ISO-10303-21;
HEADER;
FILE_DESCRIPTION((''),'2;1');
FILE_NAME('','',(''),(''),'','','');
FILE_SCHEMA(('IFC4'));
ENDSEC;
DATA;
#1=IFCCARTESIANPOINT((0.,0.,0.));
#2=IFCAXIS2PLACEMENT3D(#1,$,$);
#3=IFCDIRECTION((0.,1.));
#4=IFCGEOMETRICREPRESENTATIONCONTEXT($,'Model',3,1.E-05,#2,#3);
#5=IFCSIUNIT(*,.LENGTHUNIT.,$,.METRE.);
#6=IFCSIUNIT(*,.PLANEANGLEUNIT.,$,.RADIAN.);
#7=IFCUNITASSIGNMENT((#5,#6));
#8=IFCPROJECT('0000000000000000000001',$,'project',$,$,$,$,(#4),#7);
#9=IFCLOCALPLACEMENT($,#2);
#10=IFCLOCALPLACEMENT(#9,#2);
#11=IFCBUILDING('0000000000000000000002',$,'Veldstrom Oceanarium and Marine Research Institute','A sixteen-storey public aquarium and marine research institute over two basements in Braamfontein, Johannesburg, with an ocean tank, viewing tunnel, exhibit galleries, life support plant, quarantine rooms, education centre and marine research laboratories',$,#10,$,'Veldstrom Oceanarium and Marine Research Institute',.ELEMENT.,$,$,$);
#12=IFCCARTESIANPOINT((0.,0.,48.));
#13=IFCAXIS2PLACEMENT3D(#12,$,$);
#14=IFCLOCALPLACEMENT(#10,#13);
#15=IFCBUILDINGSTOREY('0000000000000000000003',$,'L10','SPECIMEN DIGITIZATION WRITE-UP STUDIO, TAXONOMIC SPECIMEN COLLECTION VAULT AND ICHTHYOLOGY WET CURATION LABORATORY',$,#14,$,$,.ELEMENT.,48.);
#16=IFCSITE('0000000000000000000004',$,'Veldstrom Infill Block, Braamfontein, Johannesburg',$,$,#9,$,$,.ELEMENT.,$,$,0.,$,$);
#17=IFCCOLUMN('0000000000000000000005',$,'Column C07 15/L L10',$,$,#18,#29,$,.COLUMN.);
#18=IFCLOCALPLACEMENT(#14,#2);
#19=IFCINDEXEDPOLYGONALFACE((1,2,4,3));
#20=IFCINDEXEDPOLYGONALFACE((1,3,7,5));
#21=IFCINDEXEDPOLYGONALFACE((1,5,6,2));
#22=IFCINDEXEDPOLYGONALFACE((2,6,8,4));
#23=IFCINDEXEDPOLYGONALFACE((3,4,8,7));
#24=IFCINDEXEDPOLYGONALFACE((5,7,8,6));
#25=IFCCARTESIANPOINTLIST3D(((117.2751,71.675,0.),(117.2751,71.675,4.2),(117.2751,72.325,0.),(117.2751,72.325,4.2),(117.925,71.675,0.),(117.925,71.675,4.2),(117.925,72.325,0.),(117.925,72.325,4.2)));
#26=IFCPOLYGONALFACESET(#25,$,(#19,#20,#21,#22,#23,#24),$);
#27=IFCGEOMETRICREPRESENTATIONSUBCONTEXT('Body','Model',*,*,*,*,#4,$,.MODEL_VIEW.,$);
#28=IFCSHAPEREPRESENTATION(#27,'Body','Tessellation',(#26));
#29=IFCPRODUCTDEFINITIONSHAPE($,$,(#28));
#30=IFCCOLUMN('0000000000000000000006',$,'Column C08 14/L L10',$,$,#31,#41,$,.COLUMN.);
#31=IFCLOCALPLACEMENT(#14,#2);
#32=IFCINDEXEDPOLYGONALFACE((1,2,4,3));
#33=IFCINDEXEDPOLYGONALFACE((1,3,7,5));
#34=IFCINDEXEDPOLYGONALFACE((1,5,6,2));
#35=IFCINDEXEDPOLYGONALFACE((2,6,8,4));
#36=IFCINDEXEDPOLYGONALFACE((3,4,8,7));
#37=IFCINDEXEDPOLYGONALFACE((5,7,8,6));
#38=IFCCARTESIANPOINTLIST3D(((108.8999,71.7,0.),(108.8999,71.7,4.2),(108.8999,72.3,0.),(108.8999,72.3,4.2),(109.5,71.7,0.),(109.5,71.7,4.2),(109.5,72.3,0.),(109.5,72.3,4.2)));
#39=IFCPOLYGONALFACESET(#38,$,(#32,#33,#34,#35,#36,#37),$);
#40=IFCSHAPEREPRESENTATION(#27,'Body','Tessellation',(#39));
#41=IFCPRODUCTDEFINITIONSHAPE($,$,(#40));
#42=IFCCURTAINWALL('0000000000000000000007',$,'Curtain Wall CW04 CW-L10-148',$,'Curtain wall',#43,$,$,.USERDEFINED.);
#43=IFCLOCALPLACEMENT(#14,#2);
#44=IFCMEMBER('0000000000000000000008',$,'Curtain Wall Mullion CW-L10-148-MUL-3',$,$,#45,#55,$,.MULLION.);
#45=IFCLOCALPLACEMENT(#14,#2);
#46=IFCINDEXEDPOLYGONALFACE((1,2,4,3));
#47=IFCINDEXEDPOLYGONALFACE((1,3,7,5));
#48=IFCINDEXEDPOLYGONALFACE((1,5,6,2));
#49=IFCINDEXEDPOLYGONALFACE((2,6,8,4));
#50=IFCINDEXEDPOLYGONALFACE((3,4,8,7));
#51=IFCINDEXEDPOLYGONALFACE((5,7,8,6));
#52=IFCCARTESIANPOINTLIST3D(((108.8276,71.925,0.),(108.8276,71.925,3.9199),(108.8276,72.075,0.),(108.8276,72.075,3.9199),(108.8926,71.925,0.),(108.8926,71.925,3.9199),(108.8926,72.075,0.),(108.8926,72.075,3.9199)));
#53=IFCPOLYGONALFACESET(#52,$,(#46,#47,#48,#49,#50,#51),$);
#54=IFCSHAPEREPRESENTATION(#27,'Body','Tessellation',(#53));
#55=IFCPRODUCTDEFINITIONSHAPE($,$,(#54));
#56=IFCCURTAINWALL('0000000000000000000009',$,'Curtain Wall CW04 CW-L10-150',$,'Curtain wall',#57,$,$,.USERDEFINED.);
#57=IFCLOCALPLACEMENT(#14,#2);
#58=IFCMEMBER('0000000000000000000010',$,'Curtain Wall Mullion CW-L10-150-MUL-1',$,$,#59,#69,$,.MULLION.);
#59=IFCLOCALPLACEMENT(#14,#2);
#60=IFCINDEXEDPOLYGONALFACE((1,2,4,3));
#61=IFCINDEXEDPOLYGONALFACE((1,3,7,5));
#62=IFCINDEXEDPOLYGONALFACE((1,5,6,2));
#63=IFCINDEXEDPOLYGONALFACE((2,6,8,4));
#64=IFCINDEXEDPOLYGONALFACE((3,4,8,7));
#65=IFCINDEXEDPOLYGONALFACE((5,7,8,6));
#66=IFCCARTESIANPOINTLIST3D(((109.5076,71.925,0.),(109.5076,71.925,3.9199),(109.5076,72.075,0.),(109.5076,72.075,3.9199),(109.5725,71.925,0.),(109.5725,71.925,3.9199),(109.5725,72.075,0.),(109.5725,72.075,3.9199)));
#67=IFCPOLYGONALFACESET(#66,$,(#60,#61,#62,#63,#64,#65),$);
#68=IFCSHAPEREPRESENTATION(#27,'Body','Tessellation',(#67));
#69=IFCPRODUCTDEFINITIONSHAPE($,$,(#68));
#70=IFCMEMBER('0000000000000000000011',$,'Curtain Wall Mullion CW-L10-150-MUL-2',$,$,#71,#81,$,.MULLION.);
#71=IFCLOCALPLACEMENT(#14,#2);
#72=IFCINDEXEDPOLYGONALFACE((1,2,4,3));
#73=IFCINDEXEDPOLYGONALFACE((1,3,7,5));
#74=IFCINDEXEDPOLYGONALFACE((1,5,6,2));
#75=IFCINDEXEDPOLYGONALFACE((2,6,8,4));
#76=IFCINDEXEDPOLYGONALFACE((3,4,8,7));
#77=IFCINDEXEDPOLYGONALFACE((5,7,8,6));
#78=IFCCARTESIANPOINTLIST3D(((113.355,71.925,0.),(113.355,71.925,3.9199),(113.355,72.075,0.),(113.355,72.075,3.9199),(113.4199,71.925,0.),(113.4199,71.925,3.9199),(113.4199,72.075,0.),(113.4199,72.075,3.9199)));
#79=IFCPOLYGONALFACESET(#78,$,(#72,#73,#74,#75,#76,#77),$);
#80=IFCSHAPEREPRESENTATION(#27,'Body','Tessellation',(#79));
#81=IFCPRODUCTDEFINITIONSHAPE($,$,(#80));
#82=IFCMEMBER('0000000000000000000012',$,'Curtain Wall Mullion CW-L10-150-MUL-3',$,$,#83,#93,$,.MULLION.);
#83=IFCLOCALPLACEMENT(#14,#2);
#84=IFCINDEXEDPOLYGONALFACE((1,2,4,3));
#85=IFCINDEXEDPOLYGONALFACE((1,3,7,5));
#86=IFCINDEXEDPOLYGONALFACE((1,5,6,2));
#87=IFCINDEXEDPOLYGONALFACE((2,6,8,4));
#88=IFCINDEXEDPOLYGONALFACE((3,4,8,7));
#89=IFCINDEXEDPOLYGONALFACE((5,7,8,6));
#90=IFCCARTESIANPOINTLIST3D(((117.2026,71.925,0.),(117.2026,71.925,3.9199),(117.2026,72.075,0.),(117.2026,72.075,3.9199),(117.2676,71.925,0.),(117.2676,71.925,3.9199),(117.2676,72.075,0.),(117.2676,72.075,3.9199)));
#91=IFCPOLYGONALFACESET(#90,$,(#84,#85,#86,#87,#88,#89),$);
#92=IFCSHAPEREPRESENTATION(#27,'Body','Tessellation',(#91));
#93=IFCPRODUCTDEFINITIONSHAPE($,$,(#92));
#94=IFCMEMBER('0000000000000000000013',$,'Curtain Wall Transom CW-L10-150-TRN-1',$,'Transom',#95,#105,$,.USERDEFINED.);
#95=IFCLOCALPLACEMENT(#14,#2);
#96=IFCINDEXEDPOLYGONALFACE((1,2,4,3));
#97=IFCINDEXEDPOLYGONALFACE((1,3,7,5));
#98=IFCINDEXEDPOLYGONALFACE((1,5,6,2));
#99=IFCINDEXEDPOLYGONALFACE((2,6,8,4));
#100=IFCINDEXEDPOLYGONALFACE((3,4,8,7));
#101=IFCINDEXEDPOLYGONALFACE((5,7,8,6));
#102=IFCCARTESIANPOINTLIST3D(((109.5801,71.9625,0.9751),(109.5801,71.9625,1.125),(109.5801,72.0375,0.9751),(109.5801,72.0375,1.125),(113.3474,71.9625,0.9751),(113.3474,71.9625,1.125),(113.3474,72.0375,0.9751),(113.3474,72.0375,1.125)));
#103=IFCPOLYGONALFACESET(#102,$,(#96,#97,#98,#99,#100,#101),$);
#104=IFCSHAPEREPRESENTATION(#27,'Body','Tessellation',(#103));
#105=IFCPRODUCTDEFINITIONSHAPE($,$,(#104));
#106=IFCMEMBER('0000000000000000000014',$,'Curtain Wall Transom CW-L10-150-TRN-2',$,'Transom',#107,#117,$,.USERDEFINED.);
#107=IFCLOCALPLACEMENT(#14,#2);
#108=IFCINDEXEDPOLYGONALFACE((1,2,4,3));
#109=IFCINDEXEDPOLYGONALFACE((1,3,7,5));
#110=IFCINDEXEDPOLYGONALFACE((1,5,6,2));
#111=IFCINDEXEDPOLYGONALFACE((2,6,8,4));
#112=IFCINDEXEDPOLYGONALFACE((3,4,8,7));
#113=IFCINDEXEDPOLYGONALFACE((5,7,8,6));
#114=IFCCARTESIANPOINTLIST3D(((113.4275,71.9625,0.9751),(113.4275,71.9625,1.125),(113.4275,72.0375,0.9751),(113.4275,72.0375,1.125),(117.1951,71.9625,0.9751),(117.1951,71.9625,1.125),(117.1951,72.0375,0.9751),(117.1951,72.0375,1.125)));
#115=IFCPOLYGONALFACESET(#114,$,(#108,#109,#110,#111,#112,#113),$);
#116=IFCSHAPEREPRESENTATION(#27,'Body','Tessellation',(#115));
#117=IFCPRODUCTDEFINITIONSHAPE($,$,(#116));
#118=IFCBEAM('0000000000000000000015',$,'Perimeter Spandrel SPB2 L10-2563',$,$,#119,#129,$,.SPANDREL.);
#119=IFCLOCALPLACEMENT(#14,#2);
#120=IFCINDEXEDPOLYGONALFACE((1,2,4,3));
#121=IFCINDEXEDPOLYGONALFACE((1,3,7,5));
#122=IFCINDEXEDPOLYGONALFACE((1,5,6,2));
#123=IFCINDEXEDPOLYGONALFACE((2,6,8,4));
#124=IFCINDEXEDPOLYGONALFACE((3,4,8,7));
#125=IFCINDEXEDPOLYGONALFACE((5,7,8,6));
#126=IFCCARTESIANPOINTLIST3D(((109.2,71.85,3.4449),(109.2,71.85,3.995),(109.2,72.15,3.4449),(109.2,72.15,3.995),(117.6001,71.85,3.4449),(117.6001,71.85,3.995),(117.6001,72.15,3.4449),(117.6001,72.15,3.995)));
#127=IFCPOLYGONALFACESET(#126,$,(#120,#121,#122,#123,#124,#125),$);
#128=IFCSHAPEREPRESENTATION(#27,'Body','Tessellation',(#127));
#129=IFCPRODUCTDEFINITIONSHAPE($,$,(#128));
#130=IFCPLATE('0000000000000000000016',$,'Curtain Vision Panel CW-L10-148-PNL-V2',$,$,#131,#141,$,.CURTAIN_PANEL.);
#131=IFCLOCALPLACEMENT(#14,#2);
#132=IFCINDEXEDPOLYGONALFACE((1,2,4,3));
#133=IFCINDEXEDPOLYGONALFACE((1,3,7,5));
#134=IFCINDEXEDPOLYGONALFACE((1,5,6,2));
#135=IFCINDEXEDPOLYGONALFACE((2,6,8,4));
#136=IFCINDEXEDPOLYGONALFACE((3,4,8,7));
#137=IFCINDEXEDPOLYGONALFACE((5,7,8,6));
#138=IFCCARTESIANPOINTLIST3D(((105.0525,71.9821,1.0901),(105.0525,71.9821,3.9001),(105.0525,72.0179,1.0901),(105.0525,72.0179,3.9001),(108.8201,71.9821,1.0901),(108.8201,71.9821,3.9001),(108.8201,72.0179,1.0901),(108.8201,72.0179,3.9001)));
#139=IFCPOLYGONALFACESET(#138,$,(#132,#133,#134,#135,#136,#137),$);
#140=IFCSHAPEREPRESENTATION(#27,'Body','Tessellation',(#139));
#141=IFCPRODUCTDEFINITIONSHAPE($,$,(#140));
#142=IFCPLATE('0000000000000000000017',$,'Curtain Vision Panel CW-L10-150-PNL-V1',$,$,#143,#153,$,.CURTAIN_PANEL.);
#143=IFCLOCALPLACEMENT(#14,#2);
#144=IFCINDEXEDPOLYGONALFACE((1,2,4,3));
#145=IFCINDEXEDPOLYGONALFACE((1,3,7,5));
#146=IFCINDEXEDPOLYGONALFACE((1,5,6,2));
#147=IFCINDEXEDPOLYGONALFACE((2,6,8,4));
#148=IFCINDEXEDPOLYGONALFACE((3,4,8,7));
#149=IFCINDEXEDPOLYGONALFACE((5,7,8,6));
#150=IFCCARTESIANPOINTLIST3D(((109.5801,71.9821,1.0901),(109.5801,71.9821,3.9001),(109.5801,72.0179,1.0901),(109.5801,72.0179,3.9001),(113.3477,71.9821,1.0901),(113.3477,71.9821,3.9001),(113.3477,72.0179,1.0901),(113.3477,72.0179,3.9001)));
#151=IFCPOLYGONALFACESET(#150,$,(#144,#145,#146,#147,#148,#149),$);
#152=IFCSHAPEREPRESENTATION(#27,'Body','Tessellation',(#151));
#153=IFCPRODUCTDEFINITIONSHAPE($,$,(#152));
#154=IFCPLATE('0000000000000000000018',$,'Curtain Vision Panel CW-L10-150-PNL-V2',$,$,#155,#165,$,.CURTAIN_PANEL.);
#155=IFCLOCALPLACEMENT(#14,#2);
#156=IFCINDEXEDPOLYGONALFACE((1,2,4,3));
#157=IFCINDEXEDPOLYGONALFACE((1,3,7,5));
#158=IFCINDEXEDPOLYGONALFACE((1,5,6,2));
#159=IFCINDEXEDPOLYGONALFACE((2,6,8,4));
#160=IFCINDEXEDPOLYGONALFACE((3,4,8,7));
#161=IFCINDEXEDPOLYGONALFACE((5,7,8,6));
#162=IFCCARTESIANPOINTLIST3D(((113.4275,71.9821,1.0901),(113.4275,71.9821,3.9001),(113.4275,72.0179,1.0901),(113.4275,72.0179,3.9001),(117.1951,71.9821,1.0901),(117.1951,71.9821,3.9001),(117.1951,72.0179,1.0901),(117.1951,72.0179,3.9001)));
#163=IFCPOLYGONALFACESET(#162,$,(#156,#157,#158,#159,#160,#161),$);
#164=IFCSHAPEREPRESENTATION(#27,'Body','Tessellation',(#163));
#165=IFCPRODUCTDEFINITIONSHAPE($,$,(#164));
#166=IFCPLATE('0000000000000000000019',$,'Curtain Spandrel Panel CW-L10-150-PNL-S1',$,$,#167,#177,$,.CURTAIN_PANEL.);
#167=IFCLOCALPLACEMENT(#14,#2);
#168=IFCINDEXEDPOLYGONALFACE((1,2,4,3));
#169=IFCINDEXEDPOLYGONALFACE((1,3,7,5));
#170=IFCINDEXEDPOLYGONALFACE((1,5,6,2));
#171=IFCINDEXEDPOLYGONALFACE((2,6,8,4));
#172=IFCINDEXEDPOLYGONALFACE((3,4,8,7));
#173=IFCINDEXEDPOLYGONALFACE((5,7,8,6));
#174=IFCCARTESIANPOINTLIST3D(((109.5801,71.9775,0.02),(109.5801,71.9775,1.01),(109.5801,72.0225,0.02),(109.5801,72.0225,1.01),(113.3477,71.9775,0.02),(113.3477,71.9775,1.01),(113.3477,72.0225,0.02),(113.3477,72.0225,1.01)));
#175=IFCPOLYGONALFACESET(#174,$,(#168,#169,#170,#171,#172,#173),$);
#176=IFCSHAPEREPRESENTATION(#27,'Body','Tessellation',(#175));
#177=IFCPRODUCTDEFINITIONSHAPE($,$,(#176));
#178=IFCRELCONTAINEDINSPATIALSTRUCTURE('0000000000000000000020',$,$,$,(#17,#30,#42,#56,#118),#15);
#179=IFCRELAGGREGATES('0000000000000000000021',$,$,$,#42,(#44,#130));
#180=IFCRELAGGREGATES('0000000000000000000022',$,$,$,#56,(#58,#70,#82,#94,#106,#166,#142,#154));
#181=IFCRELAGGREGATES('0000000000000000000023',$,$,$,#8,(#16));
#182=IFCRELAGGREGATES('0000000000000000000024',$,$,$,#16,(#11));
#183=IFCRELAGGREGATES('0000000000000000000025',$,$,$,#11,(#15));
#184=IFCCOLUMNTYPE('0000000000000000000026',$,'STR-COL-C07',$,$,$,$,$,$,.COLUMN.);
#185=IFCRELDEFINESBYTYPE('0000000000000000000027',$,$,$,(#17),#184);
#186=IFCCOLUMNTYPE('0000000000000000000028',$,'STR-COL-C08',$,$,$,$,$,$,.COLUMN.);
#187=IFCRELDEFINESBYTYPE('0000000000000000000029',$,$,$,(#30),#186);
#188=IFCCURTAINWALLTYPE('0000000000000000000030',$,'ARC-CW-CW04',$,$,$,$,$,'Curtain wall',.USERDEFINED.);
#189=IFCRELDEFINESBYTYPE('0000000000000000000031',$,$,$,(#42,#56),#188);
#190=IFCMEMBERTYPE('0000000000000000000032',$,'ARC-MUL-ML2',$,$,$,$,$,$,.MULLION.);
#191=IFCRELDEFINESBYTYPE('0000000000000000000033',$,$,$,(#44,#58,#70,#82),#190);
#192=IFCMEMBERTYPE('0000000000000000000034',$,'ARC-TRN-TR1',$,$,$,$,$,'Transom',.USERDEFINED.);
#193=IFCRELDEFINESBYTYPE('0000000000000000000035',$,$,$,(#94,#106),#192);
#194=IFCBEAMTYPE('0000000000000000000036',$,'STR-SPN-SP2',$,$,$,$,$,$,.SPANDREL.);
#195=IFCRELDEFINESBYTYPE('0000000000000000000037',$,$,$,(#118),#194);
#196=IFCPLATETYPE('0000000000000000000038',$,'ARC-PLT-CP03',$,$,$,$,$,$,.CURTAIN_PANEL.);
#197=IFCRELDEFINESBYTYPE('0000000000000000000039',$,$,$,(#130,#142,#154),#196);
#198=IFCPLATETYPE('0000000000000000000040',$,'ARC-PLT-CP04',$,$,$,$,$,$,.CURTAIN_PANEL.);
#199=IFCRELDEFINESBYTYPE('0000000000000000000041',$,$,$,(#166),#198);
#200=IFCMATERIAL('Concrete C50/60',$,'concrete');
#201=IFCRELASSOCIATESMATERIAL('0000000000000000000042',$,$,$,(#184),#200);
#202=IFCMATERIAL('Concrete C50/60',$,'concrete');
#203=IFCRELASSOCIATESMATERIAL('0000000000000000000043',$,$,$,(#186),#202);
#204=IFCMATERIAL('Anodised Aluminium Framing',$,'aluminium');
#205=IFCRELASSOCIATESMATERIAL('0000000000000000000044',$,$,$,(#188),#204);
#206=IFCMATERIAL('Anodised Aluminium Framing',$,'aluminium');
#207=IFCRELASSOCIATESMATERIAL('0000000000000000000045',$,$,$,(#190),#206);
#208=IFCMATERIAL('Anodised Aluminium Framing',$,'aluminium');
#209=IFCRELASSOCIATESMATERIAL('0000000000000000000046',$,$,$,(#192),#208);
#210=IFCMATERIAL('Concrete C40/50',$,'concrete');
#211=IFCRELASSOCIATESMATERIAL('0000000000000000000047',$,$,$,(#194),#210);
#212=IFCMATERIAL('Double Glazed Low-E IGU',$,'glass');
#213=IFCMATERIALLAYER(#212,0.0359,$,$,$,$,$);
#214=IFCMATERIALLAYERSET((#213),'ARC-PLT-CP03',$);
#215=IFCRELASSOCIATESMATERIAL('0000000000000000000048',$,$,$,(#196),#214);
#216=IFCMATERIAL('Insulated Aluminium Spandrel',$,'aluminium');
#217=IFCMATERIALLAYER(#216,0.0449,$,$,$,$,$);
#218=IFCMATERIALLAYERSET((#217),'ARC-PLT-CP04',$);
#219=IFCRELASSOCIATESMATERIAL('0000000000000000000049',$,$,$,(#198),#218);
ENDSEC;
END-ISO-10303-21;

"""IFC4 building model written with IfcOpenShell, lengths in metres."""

from ifc_helpers import new_model, si_unit, direction, frame, origin, origin_2d, place, context, subcontext, project, spatial, rectangle, extrude, material, layer, layer_set, material_profile, profile_set, type_object, element, aggregate, save


model = new_model("IFC4")

# Units and contexts
model_context = context("Model", 3, precision=1e-05, world=origin(), true_north=direction((0.0, 1.0)))
body_context = subcontext(model_context, "Body", "Model", "MODEL_VIEW")
ifc_project = project(units=[si_unit("LENGTHUNIT", "METRE"), si_unit("PLANEANGLEUNIT", "RADIAN")], contexts=[model_context])

# Site, building, storey
site_placement = place(None, origin())
site = spatial("IfcSite", under=ifc_project, at=site_placement, Name="Veldstrom Infill Block, Braamfontein, Johannesburg", CompositionType="ELEMENT", RefElevation=0.0)
building_placement = place(site_placement, origin())
building = spatial("IfcBuilding", under=site, at=building_placement, Name="Veldstrom Oceanarium and Marine Research Institute", Description="A sixteen-storey public aquarium and marine research institute over two basements in Braamfontein, Johannesburg, with an ocean tank, viewing tunnel, exhibit galleries, life support plant, quarantine rooms, education centre and marine research laboratories", LongName="Veldstrom Oceanarium and Marine Research Institute", CompositionType="ELEMENT")
storey_placement = place(building_placement, frame((0.0, 0.0, 48.0)))
storey = spatial("IfcBuildingStorey", under=building, at=storey_placement, Name="L10", Description="SPECIMEN DIGITIZATION WRITE-UP STUDIO, TAXONOMIC SPECIMEN COLLECTION VAULT AND ICHTHYOLOGY WET CURATION LABORATORY", CompositionType="ELEMENT", Elevation=48.0)

# Columns
ifc_material_1 = material(Name="Concrete C50/60", Category="concrete")
ifc_material_profile_1 = material_profile(ifc_material_1, rectangle(XDim=0.6499, YDim=0.6499, at=origin_2d()), Name="RC-COL-650x650")
ifc_profile_set_1 = profile_set([ifc_material_profile_1], Name="Concrete C50/60")
column_type_1 = type_object("IfcColumnType", Name="STR-COL-C07", PredefinedType="COLUMN", material=ifc_profile_set_1)
column_1_placement = place(storey_placement, frame((117.6001, 72.0, 0.0), z_axis=(0.0, 0.0, 1.0), x_axis=(1.0, 0.0, 0.0)))
element("IfcColumn", 1, at=column_1_placement, inside=storey, type_object=column_type_1, Name="Column C07 15/L L10", PredefinedType="COLUMN", context=body_context, shape_type="SweptSolid", body=[
    extrude(rectangle(XDim=0.6499, YDim=0.6499, at=origin_2d()), origin(), (0.0, 0.0, 1.0), 4.2),
])
ifc_material_2 = material(Name="Concrete C50/60", Category="concrete")
ifc_material_profile_2 = material_profile(ifc_material_2, rectangle(XDim=0.6001, YDim=0.6001, at=origin_2d()), Name="RC-COL-600x600")
ifc_profile_set_2 = profile_set([ifc_material_profile_2], Name="Concrete C50/60")
column_type_2 = type_object("IfcColumnType", Name="STR-COL-C08", PredefinedType="COLUMN", material=ifc_profile_set_2)
column_2_placement = place(storey_placement, frame((109.2, 72.0, 0.0), z_axis=(0.0, 0.0, 1.0), x_axis=(1.0, 0.0, 0.0)))
element("IfcColumn", 2, at=column_2_placement, inside=storey, type_object=column_type_2, Name="Column C08 14/L L10", PredefinedType="COLUMN", context=body_context, shape_type="SweptSolid", body=[
    extrude(rectangle(XDim=0.6001, YDim=0.6001, at=origin_2d()), origin(), (0.0, 0.0, 1.0), 4.2),
])

# Curtain wall, member
ifc_material_3 = material(Name="Anodised Aluminium Framing", Category="aluminium")
curtain_wall_type = type_object("IfcCurtainWallType", Name="ARC-CW-CW04", ElementType="Curtain wall", PredefinedType="USERDEFINED", material=ifc_material_3)
curtain_wall_1_placement = place(storey_placement, origin())
curtain_wall_1 = element("IfcCurtainWall", 3, at=curtain_wall_1_placement, inside=storey, type_object=curtain_wall_type, Name="Curtain Wall CW04 CW-L10-148", ObjectType="Curtain wall", PredefinedType="USERDEFINED")
ifc_material_4 = material(Name="Anodised Aluminium Framing", Category="aluminium")
ifc_material_profile_3 = material_profile(ifc_material_4, rectangle(XDim=0.0649, YDim=0.1499, at=origin_2d()), Name="ALU-MUL-65x150")
ifc_profile_set_3 = profile_set([ifc_material_profile_3], Name="Anodised Aluminium Framing")
member_type_1 = type_object("IfcMemberType", Name="ARC-MUL-ML2", PredefinedType="MULLION", material=ifc_profile_set_3)
member_1_placement = place(storey_placement, frame((108.8601, 72.0, 0.0), z_axis=(0.0, 0.0, 1.0), x_axis=(1.0, 0.0, 0.0)))
member_1 = element("IfcMember", 4, at=member_1_placement, type_object=member_type_1, Name="Curtain Wall Mullion CW-L10-148-MUL-3", PredefinedType="MULLION", context=body_context, shape_type="SweptSolid", body=[
    extrude(rectangle(XDim=0.0649, YDim=0.1499, at=origin_2d()), origin(), (0.0, 0.0, 1.0), 3.9199),
])

# Curtain wall, members
curtain_wall_2_placement = place(storey_placement, origin())
curtain_wall_2 = element("IfcCurtainWall", 5, at=curtain_wall_2_placement, inside=storey, type_object=curtain_wall_type, Name="Curtain Wall CW04 CW-L10-150", ObjectType="Curtain wall", PredefinedType="USERDEFINED")
member_2_placement = place(storey_placement, frame((109.54, 72.0, 0.0), z_axis=(0.0, 0.0, 1.0), x_axis=(1.0, 0.0, 0.0)))
member_2 = element("IfcMember", 6, at=member_2_placement, type_object=member_type_1, Name="Curtain Wall Mullion CW-L10-150-MUL-1", PredefinedType="MULLION", context=body_context, shape_type="SweptSolid", body=[
    extrude(rectangle(XDim=0.0649, YDim=0.1499, at=origin_2d()), origin(), (0.0, 0.0, 1.0), 3.9199),
])
member_3_placement = place(storey_placement, frame((113.3875, 72.0, 0.0), z_axis=(0.0, 0.0, 1.0), x_axis=(1.0, 0.0, 0.0)))
member_3 = element("IfcMember", 7, at=member_3_placement, type_object=member_type_1, Name="Curtain Wall Mullion CW-L10-150-MUL-2", PredefinedType="MULLION", context=body_context, shape_type="SweptSolid", body=[
    extrude(rectangle(XDim=0.0649, YDim=0.1499, at=origin_2d()), origin(), (0.0, 0.0, 1.0), 3.9199),
])
member_4_placement = place(storey_placement, frame((117.2351, 72.0, 0.0), z_axis=(0.0, 0.0, 1.0), x_axis=(1.0, 0.0, 0.0)))
member_4 = element("IfcMember", 8, at=member_4_placement, type_object=member_type_1, Name="Curtain Wall Mullion CW-L10-150-MUL-3", PredefinedType="MULLION", context=body_context, shape_type="SweptSolid", body=[
    extrude(rectangle(XDim=0.0649, YDim=0.1499, at=origin_2d()), origin(), (0.0, 0.0, 1.0), 3.9199),
])
ifc_material_5 = material(Name="Anodised Aluminium Framing", Category="aluminium")
ifc_material_profile_4 = material_profile(ifc_material_5, rectangle(XDim=0.075, YDim=0.1499, at=origin_2d()), Name="ALU-TRN-75x150")
ifc_profile_set_4 = profile_set([ifc_material_profile_4], Name="Anodised Aluminium Framing")
member_type_2 = type_object("IfcMemberType", Name="ARC-TRN-TR1", ElementType="Transom", PredefinedType="USERDEFINED", material=ifc_profile_set_4)
member_5_placement = place(storey_placement, frame((109.5801, 72.0, 1.05), z_axis=(1.0, 0.0, 0.0), x_axis=(0.0, 1.0, 0.0)))
member_5 = element("IfcMember", 9, at=member_5_placement, type_object=member_type_2, Name="Curtain Wall Transom CW-L10-150-TRN-1", ObjectType="Transom", PredefinedType="USERDEFINED", context=body_context, shape_type="SweptSolid", body=[
    extrude(rectangle(XDim=0.075, YDim=0.1499, at=origin_2d()), origin(), (0.0, 0.0, 1.0), 3.7673),
])
member_6_placement = place(storey_placement, frame((113.4275, 72.0, 1.05), z_axis=(1.0, 0.0, 0.0), x_axis=(0.0, 1.0, 0.0)))
member_6 = element("IfcMember", 10, at=member_6_placement, type_object=member_type_2, Name="Curtain Wall Transom CW-L10-150-TRN-2", ObjectType="Transom", PredefinedType="USERDEFINED", context=body_context, shape_type="SweptSolid", body=[
    extrude(rectangle(XDim=0.075, YDim=0.1499, at=origin_2d()), origin(), (0.0, 0.0, 1.0), 3.7676),
])

# Beam
ifc_material_6 = material(Name="Concrete C40/50", Category="concrete")
ifc_material_profile_5 = material_profile(ifc_material_6, rectangle(XDim=0.3, YDim=0.55, at=origin_2d()), Name="RC-SPN-300x550")
ifc_profile_set_5 = profile_set([ifc_material_profile_5], Name="Concrete C40/50")
beam_type = type_object("IfcBeamType", Name="STR-SPN-SP2", PredefinedType="SPANDREL", material=ifc_profile_set_5)
beam_placement = place(storey_placement, frame((109.2, 72.0, 3.72), z_axis=(1.0, 0.0, 0.0), x_axis=(0.0, 1.0, 0.0)))
element("IfcBeam", 11, at=beam_placement, inside=storey, type_object=beam_type, Name="Perimeter Spandrel SPB2 L10-2563", PredefinedType="SPANDREL", context=body_context, shape_type="SweptSolid", body=[
    extrude(rectangle(XDim=0.3, YDim=0.55, at=origin_2d()), origin(), (0.0, 0.0, 1.0), 8.4001),
])

# Plates
ifc_material_7 = material(Name="Double Glazed Low-E IGU", Category="glass")
ifc_layer_1 = layer(ifc_material_7, 0.0359)
ifc_layer_set_1 = layer_set([ifc_layer_1], Name="ARC-PLT-CP03")
plate_type_1 = type_object("IfcPlateType", Name="ARC-PLT-CP03", PredefinedType="CURTAIN_PANEL", material=ifc_layer_set_1)
plate_1_placement = place(storey_placement, frame((106.9363, 72.0, 1.0901), z_axis=(0.0, 0.0, 1.0), x_axis=(1.0, 0.0, 0.0)))
plate_1 = element("IfcPlate", 12, at=plate_1_placement, type_object=plate_type_1, Name="Curtain Vision Panel CW-L10-148-PNL-V2", PredefinedType="CURTAIN_PANEL", context=body_context, shape_type="SweptSolid", body=[
    extrude(rectangle(XDim=3.7676, YDim=0.0359, at=origin_2d()), origin(), (0.0, 0.0, 1.0), 2.8101),
])
aggregate(curtain_wall_1, [member_1, plate_1])
plate_2_placement = place(storey_placement, frame((111.4639, 72.0, 1.0901), z_axis=(0.0, 0.0, 1.0), x_axis=(1.0, 0.0, 0.0)))
plate_2 = element("IfcPlate", 13, at=plate_2_placement, type_object=plate_type_1, Name="Curtain Vision Panel CW-L10-150-PNL-V1", PredefinedType="CURTAIN_PANEL", context=body_context, shape_type="SweptSolid", body=[
    extrude(rectangle(XDim=3.7676, YDim=0.0359, at=origin_2d()), origin(), (0.0, 0.0, 1.0), 2.8101),
])
plate_3_placement = place(storey_placement, frame((115.3113, 72.0, 1.0901), z_axis=(0.0, 0.0, 1.0), x_axis=(1.0, 0.0, 0.0)))
plate_3 = element("IfcPlate", 14, at=plate_3_placement, type_object=plate_type_1, Name="Curtain Vision Panel CW-L10-150-PNL-V2", PredefinedType="CURTAIN_PANEL", context=body_context, shape_type="SweptSolid", body=[
    extrude(rectangle(XDim=3.7676, YDim=0.0359, at=origin_2d()), origin(), (0.0, 0.0, 1.0), 2.8101),
])
ifc_material_8 = material(Name="Insulated Aluminium Spandrel", Category="aluminium")
ifc_layer_2 = layer(ifc_material_8, 0.0449)
ifc_layer_set_2 = layer_set([ifc_layer_2], Name="ARC-PLT-CP04")
plate_type_2 = type_object("IfcPlateType", Name="ARC-PLT-CP04", PredefinedType="CURTAIN_PANEL", material=ifc_layer_set_2)
plate_4_placement = place(storey_placement, frame((111.4639, 72.0, 0.02), z_axis=(0.0, 0.0, 1.0), x_axis=(1.0, 0.0, 0.0)))
plate_4 = element("IfcPlate", 15, at=plate_4_placement, type_object=plate_type_2, Name="Curtain Spandrel Panel CW-L10-150-PNL-S1", PredefinedType="CURTAIN_PANEL", context=body_context, shape_type="SweptSolid", body=[
    extrude(rectangle(XDim=3.7676, YDim=0.0449, at=origin_2d()), origin(), (0.0, 0.0, 1.0), 0.99),
])
aggregate(curtain_wall_2, [member_2, member_3, member_4, member_5, member_6, plate_4, plate_2, plate_3])

save(model, "model.ifc")
